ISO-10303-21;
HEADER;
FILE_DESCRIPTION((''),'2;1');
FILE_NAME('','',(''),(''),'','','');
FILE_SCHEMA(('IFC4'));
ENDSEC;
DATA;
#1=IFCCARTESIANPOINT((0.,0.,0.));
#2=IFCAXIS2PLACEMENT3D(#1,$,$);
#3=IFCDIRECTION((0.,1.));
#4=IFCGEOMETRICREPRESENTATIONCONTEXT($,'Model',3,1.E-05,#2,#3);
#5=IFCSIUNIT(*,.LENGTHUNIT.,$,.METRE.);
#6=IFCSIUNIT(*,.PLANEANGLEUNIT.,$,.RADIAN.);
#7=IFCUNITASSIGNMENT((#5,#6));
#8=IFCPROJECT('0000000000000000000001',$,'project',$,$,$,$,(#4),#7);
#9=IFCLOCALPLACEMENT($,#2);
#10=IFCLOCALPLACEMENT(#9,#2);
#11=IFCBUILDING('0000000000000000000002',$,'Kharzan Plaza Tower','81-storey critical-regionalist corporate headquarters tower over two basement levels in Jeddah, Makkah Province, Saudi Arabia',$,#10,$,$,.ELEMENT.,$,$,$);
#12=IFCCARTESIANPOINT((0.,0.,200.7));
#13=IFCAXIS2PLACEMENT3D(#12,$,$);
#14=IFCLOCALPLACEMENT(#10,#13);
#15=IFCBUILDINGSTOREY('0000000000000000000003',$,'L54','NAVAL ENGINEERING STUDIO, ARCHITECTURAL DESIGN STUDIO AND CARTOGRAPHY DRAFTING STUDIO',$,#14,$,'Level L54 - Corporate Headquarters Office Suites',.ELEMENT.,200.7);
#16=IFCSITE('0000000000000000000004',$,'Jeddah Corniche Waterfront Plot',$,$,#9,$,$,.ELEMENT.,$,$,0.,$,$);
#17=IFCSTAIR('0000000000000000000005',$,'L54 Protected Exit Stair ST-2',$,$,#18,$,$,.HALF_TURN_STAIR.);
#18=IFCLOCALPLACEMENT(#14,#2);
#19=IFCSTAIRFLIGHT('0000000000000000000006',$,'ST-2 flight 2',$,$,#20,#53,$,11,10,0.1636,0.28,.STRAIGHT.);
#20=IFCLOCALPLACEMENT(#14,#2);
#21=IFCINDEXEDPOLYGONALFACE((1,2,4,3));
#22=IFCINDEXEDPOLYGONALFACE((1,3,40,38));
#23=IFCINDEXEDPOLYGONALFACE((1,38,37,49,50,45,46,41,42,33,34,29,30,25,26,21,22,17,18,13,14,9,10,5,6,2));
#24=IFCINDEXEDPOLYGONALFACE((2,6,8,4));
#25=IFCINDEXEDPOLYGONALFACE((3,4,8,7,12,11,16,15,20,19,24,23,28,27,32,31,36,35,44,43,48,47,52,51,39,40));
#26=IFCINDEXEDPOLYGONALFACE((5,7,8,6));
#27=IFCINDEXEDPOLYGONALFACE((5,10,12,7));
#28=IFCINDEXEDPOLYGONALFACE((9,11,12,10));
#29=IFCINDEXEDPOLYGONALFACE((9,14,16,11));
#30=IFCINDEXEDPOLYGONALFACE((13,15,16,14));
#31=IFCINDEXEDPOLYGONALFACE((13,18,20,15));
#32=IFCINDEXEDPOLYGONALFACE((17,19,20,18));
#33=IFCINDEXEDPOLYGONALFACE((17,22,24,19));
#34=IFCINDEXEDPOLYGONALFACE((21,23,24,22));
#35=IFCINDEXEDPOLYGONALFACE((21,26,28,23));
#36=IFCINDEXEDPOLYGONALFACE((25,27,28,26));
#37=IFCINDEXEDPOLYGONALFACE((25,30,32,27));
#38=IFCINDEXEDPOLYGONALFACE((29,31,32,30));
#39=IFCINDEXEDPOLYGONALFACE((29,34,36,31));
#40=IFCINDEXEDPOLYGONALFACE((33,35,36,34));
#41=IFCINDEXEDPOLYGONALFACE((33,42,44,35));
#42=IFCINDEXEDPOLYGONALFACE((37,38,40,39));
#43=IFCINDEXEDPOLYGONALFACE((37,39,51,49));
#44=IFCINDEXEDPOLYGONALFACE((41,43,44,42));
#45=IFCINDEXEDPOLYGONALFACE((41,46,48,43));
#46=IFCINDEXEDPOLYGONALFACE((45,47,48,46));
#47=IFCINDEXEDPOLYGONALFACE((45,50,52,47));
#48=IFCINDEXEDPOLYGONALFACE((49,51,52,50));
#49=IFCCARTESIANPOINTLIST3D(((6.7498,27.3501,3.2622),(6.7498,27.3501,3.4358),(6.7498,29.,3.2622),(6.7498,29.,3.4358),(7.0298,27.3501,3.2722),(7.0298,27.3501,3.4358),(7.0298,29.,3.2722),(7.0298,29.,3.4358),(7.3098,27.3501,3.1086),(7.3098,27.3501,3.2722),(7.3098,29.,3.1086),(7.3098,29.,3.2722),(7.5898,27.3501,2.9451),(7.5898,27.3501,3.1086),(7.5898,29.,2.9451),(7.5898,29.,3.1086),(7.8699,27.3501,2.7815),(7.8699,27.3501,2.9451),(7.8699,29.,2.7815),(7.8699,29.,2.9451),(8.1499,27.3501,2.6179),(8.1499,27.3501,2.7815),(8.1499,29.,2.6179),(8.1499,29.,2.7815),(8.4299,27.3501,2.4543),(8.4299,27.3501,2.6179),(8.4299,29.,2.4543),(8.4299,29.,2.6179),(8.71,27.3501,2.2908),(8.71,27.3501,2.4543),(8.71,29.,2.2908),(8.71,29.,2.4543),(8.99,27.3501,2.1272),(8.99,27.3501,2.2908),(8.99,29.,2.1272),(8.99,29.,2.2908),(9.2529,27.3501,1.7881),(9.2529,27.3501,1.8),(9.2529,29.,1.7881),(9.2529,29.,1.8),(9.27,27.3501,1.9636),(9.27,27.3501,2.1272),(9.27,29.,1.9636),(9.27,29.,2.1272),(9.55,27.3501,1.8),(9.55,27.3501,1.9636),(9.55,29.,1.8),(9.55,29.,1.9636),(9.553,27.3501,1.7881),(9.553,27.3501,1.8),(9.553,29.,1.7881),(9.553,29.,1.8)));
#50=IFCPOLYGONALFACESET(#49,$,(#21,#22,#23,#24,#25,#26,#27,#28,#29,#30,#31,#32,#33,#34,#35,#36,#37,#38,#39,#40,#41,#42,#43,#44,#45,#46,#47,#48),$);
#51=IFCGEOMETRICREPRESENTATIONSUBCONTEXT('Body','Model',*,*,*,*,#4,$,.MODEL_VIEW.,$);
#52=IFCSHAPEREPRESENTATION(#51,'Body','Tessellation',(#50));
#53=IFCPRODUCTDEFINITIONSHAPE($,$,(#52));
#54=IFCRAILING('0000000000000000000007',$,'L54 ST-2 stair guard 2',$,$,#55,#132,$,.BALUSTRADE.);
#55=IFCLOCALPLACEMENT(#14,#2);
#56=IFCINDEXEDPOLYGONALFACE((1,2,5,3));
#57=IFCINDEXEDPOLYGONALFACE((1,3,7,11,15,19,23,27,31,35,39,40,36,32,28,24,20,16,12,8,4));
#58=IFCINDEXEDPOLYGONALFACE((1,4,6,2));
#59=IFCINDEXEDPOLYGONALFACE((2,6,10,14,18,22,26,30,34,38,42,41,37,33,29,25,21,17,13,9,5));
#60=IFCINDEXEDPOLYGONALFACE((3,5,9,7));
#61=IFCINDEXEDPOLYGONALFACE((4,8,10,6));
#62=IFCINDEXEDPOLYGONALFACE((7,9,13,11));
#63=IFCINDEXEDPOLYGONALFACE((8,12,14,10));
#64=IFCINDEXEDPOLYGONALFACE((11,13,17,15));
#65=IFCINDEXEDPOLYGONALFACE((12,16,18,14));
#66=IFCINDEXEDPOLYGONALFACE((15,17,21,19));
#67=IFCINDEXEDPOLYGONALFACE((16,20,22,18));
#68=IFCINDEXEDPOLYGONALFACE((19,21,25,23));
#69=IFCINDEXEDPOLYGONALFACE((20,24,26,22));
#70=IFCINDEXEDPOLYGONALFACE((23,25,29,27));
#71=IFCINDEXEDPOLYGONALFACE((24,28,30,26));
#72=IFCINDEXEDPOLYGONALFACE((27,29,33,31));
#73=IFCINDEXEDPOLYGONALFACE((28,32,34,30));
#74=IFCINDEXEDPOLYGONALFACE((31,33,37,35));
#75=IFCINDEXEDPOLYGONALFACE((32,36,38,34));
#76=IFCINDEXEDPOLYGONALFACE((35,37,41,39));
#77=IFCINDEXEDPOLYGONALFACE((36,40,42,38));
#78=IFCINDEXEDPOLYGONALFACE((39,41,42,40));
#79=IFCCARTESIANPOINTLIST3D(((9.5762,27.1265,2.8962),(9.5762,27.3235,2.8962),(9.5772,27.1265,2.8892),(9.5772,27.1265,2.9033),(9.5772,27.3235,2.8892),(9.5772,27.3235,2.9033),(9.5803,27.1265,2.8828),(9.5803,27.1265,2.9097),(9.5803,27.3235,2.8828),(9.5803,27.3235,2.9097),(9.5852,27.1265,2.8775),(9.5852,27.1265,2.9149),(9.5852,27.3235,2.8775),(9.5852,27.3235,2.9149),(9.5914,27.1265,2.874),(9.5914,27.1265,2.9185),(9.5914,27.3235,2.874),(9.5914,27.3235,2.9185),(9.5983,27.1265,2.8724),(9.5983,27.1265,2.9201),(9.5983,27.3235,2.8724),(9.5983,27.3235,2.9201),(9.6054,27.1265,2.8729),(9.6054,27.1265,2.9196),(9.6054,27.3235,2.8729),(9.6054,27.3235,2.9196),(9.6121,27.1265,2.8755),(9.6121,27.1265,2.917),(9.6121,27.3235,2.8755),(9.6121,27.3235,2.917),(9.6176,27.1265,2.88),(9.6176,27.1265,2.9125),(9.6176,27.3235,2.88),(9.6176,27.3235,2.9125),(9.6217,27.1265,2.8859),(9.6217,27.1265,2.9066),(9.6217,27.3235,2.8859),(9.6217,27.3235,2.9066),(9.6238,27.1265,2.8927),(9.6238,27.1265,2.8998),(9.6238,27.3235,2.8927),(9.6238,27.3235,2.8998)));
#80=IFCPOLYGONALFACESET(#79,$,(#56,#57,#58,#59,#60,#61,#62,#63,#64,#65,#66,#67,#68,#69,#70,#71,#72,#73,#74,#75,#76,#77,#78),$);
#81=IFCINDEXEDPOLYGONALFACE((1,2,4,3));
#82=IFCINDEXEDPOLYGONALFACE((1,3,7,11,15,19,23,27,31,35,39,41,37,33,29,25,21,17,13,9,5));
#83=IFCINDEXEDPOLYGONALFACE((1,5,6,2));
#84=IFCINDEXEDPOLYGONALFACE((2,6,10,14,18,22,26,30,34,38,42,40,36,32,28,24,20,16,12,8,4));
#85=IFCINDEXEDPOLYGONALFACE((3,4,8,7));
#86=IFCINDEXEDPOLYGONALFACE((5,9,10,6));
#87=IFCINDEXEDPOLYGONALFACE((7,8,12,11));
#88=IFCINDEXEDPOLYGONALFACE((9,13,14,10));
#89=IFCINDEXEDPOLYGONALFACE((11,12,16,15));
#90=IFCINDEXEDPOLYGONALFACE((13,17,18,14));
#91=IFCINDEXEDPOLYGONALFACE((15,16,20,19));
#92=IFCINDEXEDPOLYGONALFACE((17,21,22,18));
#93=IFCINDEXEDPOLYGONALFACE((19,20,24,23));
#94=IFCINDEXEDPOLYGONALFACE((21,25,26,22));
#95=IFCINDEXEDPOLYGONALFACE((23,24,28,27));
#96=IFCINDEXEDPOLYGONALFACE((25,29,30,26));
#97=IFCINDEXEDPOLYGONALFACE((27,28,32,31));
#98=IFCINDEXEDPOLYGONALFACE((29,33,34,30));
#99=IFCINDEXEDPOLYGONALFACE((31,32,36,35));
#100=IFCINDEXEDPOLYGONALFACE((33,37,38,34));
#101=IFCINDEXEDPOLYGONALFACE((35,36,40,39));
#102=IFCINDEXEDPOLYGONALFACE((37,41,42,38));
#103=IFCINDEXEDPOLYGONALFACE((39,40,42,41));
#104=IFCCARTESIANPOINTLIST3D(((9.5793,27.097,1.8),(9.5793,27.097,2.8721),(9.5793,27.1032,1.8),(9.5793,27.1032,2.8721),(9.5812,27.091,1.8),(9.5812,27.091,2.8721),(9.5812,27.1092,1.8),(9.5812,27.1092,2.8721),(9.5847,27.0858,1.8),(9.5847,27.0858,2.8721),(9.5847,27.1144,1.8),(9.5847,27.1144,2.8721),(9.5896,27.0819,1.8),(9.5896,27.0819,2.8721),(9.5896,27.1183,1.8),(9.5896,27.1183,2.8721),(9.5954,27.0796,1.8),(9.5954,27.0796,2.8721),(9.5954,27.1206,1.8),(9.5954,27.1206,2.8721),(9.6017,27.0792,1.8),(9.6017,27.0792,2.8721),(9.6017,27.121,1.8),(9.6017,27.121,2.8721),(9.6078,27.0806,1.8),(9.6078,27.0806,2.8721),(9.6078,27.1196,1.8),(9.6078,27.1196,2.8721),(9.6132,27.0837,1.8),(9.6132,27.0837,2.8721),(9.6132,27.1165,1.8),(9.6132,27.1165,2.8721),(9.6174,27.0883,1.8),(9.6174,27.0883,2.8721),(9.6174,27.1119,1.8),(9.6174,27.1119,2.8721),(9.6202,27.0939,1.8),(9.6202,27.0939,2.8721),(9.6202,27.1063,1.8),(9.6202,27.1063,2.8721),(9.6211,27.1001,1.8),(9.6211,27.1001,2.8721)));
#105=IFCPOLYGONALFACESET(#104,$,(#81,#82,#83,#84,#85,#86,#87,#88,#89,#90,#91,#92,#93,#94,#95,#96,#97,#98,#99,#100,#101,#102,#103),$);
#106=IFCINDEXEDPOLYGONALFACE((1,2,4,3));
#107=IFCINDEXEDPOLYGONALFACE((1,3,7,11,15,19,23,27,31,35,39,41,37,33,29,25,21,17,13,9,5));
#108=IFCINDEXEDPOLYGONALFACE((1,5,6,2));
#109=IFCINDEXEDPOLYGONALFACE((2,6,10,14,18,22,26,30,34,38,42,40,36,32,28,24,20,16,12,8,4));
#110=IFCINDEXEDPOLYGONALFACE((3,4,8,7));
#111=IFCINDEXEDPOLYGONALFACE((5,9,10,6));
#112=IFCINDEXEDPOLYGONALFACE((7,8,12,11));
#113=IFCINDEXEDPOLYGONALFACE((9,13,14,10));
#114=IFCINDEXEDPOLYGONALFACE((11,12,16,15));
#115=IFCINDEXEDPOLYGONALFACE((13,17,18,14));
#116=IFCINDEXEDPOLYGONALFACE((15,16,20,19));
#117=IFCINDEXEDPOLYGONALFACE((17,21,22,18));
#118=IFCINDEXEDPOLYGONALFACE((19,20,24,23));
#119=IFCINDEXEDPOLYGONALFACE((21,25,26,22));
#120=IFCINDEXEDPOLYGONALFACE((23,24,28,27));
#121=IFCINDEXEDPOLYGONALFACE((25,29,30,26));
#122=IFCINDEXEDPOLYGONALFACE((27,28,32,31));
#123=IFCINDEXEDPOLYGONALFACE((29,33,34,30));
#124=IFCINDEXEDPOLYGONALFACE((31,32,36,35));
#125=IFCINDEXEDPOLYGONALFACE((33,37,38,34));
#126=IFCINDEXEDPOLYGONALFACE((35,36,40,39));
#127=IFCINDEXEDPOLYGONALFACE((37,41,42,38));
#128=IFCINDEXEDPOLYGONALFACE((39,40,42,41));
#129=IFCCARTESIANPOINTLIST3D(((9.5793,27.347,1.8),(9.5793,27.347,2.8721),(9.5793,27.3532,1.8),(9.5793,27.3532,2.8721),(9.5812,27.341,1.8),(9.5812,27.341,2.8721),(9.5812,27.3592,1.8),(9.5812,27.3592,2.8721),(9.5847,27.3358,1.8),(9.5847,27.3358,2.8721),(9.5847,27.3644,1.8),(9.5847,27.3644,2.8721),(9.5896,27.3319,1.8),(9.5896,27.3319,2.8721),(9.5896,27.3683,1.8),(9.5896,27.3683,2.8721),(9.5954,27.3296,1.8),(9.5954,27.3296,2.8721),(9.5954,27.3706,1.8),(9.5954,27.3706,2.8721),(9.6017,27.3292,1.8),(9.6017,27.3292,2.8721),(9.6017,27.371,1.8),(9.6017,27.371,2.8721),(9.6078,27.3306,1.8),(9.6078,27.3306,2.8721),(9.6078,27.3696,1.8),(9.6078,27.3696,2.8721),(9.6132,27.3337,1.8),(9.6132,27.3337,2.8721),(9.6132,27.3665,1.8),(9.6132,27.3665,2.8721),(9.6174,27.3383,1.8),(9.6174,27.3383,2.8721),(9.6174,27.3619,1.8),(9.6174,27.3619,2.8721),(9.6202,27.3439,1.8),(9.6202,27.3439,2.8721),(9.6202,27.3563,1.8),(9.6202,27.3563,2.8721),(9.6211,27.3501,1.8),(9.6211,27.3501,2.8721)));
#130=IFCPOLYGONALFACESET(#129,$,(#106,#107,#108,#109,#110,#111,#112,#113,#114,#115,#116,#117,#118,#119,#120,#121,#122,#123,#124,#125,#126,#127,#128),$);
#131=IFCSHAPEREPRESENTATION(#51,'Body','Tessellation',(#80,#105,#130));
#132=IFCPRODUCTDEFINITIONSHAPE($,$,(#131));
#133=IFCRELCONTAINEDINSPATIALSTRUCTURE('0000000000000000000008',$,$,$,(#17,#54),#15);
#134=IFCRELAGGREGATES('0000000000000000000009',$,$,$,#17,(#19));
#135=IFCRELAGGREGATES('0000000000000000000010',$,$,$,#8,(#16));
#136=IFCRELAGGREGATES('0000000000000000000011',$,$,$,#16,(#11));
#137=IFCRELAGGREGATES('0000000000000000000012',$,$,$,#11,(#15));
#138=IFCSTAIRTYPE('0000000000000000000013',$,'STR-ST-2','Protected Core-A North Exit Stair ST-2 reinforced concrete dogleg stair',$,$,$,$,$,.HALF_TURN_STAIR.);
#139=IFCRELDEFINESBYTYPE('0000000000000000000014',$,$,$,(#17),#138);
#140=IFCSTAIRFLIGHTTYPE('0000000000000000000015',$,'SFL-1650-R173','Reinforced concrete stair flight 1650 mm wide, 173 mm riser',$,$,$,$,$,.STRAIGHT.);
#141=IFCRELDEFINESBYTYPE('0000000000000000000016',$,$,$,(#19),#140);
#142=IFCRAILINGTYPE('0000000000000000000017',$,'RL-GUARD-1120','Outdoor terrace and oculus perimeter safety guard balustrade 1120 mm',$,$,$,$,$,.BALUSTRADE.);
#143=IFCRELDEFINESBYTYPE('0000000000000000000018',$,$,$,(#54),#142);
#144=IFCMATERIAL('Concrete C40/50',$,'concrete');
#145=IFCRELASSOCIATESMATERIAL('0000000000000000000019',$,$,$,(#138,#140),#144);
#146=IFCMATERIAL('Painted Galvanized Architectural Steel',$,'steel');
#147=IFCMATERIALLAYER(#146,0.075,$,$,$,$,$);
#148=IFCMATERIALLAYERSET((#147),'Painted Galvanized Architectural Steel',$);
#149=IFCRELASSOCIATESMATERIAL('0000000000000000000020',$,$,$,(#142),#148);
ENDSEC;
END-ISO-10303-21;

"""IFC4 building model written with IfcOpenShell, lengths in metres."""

from ifc_helpers import new_model, si_unit, direction, frame, origin, origin_2d, place, context, subcontext, project, spatial, polyline, circle, outline, extrude, source, transform, mapped, material, layer, layer_set, type_object, element, aggregate, save


model = new_model("IFC4")

# Units and contexts
model_context = context("Model", 3, precision=1e-05, world=origin(), true_north=direction((0.0, 1.0)))
body_context = subcontext(model_context, "Body", "Model", "MODEL_VIEW")
ifc_project = project(units=[si_unit("LENGTHUNIT", "METRE"), si_unit("PLANEANGLEUNIT", "RADIAN")], contexts=[model_context])

# Site, building, storey
site_placement = place(None, origin())
site = spatial("IfcSite", under=ifc_project, at=site_placement, Name="Jeddah Corniche Waterfront Plot", CompositionType="ELEMENT", RefElevation=0.0)
building_placement = place(site_placement, origin())
building = spatial("IfcBuilding", under=site, at=building_placement, Name="Kharzan Plaza Tower", Description="81-storey critical-regionalist corporate headquarters tower over two basement levels in Jeddah, Makkah Province, Saudi Arabia", CompositionType="ELEMENT")
storey_placement = place(building_placement, frame((0.0, 0.0, 200.7)))
storey = spatial("IfcBuildingStorey", under=building, at=storey_placement, Name="L54", Description="NAVAL ENGINEERING STUDIO, ARCHITECTURAL DESIGN STUDIO AND CARTOGRAPHY DRAFTING STUDIO", LongName="Level L54 - Corporate Headquarters Office Suites", CompositionType="ELEMENT", Elevation=200.7)

# Shared definitions
ifc_material_1 = material(Name="Concrete C40/50", Category="concrete")

# Stair, stair flight
stair_type = type_object("IfcStairType", Name="STR-ST-2", Description="Protected Core-A North Exit Stair ST-2 reinforced concrete dogleg stair", PredefinedType="HALF_TURN_STAIR", material=ifc_material_1)
stair_placement = place(storey_placement, origin())
stair = element("IfcStair", 1, at=stair_placement, inside=storey, type_object=stair_type, Name="L54 Protected Exit Stair ST-2", PredefinedType="HALF_TURN_STAIR")
stair_flight_type = type_object("IfcStairFlightType", Name="SFL-1650-R173", Description="Reinforced concrete stair flight 1650 mm wide, 173 mm riser", PredefinedType="STRAIGHT", material=ifc_material_1)
shared_shape_1 = source(origin(), body_context, "Body", "SweptSolid", [
    extrude(outline(polyline([(-0.0029, -0.012), (-0.0029, 0.0), (0.0, 0.0), (0.0, 0.1636), (0.28, 0.1636), (0.28, 0.3271), (0.5601, 0.3271), (0.5601, 0.4907), (0.8401, 0.4907), (0.8401, 0.6543), (1.1201, 0.6543), (1.1201, 0.8179), (1.4001, 0.8179), (1.4001, 0.9814), (1.6802, 0.9814), (1.6802, 1.145), (1.9602, 1.145), (1.9602, 1.3086), (2.2402, 1.3086), (2.2402, 1.4722), (2.5203, 1.4722), (2.5203, 1.6357), (2.8003, 1.6357), (2.8003, 1.7993), (2.8003, 1.4622), (0.2971, 0.0), (0.2971, -0.012), (-0.0029, -0.012)])), frame((0.0, 0.825, 0.0), z_axis=(0.0, -1.0, 0.0), x_axis=(1.0, 0.0, 0.0)), (0.0, 0.0, 1.0), 1.6499),
])
stair_flight_placement = place(storey_placement, frame((9.55, 28.175, 1.8), z_axis=(0.0, 0.0, 1.0), x_axis=(-1.0, 0.0, 0.0)))
stair_flight = element("IfcStairFlight", 2, at=stair_flight_placement, type_object=stair_flight_type, Name="ST-2 flight 2", NumberOfRisers=11, NumberOfTreads=10, PredefinedType="STRAIGHT", RiserHeight=0.1636, TreadLength=0.28, context=body_context, shape_type="MappedRepresentation", body=[
    mapped(shared_shape_1, transform((0.0, 0.0, 0.0), x_axis=(1.0, 0.0, 0.0), y_axis=(0.0, 1.0, 0.0), z_axis=(0.0, 0.0, 1.0))),
])
aggregate(stair, [stair_flight])

# Railing
ifc_material_2 = material(Name="Painted Galvanized Architectural Steel", Category="steel")
ifc_layer_1 = layer(ifc_material_2, 0.075)
ifc_layer_set_1 = layer_set([ifc_layer_1], Name="Painted Galvanized Architectural Steel")
railing_type_1 = type_object("IfcRailingType", Name="RL-GUARD-1120", Description="Outdoor terrace and oculus perimeter safety guard balustrade 1120 mm", PredefinedType="BALUSTRADE", material=ifc_layer_set_1)
shared_shape_2 = source(origin(), body_context, "Body", "SweptSolid", [
    extrude(circle(Radius=0.0239, at=origin_2d()), frame((0.0, 0.0264, 1.0962), z_axis=(0.0, 1.0, 0.0), x_axis=(-1.0, 0.0, 0.0)), (0.0, 0.0, 1.0), 0.197),
    extrude(circle(Radius=0.021, at=origin_2d()), origin(), (0.0, 0.0, 1.0), 1.072),
    extrude(circle(Radius=0.021, at=origin_2d()), frame((0.0, 0.25, 0.0)), (0.0, 0.0, 1.0), 1.072),
])
railing_1_placement = place(storey_placement, frame((9.6001, 27.1001, 1.8)))
element("IfcRailing", 3, at=railing_1_placement, inside=storey, type_object=railing_type_1, Name="L54 ST-2 stair guard 2", PredefinedType="BALUSTRADE", context=body_context, shape_type="MappedRepresentation", body=[
    mapped(shared_shape_2, transform((0.0, 0.0, 0.0), x_axis=(1.0, 0.0, 0.0), y_axis=(0.0, 1.0, 0.0), z_axis=(0.0, 0.0, 1.0))),
])

save(model, "model.ifc")
